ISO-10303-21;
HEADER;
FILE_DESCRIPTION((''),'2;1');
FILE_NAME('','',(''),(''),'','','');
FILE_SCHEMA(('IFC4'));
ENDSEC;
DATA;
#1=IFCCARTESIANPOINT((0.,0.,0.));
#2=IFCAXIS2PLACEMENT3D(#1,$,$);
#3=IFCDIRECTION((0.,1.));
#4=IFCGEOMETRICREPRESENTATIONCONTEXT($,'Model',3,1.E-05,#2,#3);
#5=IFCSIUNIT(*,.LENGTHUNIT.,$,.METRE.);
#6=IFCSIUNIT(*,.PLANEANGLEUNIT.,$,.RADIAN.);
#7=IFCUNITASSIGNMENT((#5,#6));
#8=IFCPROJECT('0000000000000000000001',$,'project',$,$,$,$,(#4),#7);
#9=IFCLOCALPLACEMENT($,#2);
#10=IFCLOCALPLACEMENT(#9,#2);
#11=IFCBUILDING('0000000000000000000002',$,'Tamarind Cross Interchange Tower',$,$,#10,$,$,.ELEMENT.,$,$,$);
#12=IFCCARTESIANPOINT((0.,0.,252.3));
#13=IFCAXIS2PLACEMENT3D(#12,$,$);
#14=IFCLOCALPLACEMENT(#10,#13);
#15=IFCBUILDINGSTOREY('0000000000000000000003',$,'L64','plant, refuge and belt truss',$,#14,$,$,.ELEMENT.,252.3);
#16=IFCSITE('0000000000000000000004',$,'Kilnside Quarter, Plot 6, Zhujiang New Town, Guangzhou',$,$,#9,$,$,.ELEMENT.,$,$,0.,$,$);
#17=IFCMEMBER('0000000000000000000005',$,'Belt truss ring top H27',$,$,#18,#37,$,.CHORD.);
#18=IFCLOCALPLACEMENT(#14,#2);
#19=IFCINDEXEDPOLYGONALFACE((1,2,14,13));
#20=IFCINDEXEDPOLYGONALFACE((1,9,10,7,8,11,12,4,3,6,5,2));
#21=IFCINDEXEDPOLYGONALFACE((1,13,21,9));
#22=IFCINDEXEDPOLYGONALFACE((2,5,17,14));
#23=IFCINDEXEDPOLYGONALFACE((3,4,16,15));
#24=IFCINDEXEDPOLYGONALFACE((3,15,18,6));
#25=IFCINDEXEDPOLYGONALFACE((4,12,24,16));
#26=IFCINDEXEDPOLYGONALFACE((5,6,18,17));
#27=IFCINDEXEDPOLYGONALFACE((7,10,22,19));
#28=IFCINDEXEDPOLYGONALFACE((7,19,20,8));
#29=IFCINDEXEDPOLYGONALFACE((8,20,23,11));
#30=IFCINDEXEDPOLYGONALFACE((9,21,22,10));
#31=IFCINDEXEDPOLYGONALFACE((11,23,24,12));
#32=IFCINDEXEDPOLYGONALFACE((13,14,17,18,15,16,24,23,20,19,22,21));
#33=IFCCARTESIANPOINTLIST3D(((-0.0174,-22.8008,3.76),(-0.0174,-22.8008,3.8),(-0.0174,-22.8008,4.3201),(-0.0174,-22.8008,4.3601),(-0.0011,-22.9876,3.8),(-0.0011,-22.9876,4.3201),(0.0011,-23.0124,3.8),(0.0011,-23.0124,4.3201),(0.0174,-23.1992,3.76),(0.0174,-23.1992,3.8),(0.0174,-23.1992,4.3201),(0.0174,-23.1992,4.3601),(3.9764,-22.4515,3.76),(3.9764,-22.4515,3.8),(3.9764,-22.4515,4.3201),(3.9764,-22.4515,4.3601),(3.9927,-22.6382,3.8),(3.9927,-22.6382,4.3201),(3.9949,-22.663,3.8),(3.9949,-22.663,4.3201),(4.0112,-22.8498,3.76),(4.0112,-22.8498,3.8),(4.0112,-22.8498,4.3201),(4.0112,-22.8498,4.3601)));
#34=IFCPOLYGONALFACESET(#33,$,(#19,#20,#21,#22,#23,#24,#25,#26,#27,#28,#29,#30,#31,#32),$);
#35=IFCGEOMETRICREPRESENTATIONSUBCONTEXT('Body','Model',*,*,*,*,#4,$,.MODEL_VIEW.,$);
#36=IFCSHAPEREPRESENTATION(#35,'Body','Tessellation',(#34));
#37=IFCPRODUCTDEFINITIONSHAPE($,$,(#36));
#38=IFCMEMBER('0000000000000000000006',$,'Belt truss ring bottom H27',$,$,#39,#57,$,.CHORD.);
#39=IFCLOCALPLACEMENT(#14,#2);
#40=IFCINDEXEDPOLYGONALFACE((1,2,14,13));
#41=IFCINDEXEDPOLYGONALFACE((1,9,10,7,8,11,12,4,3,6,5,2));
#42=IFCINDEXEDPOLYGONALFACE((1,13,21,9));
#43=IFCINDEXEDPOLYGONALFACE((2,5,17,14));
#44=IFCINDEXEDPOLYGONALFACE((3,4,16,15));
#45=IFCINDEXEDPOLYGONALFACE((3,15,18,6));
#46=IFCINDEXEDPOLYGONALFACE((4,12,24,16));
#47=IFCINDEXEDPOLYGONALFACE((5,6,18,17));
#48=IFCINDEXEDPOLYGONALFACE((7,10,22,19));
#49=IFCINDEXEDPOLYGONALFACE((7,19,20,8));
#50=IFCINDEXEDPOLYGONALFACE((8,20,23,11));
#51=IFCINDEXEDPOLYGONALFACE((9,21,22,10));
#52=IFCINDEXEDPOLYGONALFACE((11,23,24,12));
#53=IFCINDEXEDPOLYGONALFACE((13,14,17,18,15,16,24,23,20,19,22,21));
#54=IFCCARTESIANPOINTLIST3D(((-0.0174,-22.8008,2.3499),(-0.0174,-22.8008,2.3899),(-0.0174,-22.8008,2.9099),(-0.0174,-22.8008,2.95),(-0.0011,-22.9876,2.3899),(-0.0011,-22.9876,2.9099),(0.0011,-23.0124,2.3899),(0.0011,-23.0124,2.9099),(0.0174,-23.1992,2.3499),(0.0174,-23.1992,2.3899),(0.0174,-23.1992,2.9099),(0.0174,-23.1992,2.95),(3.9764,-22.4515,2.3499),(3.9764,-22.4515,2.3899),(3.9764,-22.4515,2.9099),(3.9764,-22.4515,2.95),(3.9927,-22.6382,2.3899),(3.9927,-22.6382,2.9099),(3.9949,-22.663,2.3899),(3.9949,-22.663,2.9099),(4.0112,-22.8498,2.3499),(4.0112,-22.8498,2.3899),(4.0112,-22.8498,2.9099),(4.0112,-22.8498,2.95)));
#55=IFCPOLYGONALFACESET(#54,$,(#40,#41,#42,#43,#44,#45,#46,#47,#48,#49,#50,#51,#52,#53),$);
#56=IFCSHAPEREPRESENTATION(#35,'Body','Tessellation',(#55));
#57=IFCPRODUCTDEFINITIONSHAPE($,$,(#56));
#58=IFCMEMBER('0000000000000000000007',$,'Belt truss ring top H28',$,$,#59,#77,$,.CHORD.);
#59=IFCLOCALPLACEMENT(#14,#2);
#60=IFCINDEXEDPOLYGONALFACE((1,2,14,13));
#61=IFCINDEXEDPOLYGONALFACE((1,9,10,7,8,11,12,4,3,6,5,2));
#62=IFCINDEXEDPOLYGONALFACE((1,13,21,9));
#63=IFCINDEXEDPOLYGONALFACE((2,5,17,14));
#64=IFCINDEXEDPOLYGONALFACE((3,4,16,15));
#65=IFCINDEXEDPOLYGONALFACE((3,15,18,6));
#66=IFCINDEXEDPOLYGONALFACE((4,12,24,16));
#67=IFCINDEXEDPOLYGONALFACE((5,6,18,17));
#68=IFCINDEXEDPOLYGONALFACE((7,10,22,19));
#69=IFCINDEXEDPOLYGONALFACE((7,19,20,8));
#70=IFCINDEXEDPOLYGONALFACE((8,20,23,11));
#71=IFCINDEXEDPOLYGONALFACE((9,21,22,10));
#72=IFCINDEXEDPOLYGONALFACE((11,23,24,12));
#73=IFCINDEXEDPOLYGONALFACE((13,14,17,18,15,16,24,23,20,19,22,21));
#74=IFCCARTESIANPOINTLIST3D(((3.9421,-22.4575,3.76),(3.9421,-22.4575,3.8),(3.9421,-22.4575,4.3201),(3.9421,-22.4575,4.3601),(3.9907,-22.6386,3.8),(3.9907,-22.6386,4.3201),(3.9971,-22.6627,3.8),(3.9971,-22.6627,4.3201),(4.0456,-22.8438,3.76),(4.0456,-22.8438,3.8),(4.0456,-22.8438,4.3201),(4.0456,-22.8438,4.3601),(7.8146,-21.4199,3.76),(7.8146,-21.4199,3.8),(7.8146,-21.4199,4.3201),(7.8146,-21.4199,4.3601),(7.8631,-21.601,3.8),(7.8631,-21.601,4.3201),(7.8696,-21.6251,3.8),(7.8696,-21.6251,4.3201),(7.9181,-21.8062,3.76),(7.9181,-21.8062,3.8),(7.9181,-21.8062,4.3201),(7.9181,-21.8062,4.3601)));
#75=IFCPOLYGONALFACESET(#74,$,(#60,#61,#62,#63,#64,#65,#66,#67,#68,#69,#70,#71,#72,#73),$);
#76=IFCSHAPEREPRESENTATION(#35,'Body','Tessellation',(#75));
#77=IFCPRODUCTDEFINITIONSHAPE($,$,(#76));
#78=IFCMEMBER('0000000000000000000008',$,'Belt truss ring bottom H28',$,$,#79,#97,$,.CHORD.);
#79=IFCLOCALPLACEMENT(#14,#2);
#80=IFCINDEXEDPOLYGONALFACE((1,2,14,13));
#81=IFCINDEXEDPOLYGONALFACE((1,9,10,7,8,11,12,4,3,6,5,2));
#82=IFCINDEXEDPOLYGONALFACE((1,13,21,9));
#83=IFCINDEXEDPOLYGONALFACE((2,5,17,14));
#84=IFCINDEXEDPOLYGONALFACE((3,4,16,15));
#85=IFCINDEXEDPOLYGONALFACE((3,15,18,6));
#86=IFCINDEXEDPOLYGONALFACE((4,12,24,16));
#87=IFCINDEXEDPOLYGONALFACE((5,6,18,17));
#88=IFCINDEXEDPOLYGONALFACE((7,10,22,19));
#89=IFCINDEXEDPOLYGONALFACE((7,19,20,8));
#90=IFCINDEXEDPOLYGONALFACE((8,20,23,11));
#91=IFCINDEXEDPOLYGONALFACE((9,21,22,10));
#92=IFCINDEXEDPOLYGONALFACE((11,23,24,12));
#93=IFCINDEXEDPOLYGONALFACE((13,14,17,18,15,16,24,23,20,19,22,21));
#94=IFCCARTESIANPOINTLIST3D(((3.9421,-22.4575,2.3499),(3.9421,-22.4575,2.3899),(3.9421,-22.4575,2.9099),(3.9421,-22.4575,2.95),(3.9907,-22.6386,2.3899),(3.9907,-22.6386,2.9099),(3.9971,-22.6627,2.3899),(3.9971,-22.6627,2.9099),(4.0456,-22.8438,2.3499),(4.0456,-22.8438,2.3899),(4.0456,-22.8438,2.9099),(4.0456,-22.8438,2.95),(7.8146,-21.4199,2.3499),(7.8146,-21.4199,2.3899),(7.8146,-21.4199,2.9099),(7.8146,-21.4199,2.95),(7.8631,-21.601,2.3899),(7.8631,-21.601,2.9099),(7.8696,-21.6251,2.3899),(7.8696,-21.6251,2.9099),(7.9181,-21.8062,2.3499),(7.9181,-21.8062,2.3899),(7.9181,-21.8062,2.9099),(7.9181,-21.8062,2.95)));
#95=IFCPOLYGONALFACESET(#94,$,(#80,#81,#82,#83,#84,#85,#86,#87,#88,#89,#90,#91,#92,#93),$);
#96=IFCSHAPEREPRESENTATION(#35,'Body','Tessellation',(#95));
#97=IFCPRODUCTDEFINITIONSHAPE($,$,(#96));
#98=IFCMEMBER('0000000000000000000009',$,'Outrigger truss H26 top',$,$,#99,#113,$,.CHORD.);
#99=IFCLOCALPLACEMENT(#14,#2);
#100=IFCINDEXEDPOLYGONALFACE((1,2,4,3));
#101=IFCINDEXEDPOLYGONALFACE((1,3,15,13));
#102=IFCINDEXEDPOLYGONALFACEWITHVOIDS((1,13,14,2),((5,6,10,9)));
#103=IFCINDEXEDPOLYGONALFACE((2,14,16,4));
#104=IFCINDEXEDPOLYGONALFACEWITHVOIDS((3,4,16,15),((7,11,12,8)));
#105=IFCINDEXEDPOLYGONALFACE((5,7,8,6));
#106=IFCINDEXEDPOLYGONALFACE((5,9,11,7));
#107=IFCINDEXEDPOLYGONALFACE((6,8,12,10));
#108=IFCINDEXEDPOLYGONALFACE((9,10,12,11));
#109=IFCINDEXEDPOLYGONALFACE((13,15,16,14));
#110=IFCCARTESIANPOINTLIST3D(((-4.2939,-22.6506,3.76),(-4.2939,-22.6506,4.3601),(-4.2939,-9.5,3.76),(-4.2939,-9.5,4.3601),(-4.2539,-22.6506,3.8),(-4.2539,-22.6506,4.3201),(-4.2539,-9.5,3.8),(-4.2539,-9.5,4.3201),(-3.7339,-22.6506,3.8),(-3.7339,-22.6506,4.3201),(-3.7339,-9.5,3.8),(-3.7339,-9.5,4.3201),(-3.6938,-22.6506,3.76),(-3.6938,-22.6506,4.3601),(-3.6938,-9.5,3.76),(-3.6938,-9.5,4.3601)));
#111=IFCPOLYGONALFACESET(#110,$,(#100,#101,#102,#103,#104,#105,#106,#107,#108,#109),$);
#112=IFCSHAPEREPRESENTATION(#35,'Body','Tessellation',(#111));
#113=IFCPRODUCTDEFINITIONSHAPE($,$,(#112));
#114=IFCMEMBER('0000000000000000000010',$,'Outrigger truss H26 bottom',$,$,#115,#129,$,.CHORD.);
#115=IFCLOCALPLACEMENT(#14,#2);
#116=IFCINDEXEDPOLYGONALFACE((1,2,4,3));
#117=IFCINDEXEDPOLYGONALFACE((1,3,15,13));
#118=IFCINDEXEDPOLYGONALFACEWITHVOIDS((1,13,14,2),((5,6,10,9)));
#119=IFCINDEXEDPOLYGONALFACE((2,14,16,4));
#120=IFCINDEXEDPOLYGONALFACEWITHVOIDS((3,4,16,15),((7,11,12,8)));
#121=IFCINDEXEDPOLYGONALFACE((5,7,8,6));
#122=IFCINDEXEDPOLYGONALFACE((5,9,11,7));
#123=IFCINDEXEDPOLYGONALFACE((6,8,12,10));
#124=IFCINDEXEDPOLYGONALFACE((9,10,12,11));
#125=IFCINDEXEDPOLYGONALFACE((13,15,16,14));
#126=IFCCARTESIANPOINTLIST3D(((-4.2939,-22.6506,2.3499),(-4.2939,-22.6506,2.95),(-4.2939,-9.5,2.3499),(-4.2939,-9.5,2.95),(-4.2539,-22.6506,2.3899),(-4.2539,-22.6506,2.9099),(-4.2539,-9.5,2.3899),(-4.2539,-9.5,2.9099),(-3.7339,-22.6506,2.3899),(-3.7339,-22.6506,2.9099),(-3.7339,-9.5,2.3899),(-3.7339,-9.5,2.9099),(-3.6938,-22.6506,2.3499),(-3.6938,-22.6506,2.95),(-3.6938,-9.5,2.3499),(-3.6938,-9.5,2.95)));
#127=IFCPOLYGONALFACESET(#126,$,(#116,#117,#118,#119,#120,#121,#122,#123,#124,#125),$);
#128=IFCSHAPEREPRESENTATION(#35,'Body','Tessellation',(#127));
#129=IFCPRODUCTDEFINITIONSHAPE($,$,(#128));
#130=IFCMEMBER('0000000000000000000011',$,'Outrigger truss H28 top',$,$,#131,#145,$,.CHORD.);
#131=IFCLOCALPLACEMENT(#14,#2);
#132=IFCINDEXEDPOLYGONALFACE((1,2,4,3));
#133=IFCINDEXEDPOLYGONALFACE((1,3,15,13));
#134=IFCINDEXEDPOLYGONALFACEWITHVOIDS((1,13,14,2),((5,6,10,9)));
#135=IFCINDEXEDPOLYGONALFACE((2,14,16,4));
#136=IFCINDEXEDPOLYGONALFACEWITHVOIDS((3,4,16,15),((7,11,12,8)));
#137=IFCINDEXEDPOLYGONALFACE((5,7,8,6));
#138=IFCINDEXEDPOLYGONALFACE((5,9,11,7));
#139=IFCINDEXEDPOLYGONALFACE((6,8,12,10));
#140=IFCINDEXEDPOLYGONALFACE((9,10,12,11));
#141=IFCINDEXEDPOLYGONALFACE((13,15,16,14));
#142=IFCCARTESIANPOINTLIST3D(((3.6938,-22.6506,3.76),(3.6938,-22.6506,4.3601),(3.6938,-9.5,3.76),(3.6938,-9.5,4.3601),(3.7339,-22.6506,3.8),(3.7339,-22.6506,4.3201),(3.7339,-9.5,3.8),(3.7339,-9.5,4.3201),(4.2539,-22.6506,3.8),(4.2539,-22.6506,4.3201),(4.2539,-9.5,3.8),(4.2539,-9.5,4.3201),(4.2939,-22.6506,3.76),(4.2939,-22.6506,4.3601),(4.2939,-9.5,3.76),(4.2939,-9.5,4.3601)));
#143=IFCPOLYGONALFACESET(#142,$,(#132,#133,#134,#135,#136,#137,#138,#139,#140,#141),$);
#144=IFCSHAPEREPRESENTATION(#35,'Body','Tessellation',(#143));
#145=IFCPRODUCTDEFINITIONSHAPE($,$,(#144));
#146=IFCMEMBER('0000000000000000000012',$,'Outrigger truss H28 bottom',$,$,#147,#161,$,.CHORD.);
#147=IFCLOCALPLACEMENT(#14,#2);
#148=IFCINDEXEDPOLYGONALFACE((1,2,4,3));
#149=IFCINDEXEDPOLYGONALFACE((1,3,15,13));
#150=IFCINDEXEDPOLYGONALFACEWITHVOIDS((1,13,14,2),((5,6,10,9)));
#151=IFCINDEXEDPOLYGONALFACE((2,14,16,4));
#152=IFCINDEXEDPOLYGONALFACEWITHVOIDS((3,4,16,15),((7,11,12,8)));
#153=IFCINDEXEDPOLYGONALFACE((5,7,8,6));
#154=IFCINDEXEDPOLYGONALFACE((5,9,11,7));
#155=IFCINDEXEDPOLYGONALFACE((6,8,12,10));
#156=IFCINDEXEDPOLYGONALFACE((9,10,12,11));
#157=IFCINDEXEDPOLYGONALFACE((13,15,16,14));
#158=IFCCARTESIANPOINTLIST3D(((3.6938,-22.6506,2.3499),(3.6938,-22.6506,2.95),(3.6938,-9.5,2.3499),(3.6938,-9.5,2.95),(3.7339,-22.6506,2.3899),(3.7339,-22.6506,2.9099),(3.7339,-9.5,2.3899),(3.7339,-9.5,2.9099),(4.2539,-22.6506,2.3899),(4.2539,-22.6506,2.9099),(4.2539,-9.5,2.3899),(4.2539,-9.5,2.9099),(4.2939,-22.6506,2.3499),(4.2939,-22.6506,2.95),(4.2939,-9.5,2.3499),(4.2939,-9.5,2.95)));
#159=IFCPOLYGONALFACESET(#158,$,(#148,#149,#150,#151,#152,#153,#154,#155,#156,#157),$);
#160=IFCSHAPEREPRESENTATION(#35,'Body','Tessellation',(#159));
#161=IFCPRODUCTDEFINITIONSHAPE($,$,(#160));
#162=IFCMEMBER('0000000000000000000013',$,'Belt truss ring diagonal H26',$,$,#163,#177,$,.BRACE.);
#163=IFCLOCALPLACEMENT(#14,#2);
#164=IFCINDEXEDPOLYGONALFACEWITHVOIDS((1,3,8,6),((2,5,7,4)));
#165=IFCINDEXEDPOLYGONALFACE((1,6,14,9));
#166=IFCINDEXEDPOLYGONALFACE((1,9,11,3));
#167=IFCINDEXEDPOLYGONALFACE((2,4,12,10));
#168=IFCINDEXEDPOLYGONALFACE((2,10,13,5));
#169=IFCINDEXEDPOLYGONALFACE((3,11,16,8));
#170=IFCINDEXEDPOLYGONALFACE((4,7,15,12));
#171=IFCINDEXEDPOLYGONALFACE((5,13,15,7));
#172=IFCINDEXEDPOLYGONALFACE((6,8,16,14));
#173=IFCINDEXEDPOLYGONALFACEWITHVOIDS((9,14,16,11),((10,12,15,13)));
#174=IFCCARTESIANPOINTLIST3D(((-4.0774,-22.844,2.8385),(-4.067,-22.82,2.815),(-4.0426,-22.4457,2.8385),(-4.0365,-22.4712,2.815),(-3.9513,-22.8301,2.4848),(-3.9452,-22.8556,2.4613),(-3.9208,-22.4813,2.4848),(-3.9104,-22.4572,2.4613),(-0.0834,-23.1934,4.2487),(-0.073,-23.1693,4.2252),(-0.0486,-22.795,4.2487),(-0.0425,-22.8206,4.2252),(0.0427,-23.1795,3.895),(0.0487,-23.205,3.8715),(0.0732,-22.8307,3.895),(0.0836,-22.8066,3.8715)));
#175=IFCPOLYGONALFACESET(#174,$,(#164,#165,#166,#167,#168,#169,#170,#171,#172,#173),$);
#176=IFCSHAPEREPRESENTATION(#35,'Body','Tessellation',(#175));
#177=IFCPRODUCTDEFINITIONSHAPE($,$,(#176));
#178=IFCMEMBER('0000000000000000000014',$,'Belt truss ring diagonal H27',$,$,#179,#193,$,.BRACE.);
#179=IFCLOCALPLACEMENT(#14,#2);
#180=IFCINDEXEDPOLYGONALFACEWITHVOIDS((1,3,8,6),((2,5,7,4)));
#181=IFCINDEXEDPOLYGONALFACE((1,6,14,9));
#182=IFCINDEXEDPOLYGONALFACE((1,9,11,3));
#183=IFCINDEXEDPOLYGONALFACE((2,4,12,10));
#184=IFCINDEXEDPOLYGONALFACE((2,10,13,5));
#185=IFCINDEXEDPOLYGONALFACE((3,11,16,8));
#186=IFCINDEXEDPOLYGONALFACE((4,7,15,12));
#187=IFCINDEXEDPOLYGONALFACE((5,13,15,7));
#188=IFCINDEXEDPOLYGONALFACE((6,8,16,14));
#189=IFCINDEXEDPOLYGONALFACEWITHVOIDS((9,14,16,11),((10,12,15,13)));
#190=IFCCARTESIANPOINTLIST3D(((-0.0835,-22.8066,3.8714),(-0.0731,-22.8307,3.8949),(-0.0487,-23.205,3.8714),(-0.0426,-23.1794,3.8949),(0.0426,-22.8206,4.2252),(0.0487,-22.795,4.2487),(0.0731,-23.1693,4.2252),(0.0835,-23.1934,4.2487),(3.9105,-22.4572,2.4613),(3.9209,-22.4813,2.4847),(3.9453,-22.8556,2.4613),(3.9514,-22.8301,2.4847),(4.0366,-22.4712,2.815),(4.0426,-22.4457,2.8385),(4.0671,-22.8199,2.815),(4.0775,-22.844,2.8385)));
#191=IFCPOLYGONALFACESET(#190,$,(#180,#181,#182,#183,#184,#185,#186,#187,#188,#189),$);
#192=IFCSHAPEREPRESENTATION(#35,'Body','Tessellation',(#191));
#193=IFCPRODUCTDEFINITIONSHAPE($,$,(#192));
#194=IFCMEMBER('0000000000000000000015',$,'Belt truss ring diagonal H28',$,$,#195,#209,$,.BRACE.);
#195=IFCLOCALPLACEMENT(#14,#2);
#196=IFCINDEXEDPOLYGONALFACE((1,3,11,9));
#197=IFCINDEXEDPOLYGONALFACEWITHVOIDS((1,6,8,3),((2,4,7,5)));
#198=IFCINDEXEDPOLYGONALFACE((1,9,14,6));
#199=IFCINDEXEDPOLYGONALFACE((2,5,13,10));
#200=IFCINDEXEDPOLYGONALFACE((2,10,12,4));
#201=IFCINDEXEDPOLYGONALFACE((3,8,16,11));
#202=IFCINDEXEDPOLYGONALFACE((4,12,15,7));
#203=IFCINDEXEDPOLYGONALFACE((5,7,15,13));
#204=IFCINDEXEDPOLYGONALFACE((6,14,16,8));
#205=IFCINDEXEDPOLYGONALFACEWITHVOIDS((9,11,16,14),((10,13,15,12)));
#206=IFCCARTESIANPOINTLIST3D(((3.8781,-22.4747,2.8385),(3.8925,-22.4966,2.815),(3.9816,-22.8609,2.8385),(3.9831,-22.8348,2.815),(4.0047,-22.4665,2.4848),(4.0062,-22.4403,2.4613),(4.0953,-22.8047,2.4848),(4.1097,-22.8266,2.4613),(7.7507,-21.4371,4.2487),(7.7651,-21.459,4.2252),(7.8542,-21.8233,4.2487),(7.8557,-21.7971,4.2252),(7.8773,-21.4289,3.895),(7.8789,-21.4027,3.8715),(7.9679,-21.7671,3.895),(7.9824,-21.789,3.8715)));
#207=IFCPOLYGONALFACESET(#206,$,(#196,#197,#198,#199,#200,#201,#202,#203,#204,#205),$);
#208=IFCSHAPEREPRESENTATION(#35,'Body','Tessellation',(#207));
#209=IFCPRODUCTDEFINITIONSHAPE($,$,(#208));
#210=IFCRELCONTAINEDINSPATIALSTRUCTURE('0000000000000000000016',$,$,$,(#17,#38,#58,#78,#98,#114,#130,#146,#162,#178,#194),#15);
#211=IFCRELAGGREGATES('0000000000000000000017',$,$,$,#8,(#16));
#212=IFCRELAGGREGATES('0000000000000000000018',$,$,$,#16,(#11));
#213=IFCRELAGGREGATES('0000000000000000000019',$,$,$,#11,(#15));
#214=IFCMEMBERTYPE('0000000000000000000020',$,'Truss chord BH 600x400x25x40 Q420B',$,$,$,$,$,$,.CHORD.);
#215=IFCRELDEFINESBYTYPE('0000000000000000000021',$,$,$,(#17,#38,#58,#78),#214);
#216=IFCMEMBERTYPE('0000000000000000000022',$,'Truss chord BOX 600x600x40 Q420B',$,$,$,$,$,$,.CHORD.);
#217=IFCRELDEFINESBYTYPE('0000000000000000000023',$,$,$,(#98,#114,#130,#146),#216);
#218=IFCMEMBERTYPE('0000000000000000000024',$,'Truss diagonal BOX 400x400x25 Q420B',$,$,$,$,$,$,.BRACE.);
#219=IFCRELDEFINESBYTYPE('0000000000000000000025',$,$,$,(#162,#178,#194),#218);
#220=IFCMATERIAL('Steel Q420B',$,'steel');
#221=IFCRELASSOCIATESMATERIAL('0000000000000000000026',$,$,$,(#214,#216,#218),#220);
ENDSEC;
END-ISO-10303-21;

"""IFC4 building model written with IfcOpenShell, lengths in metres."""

from ifc_helpers import new_model, si_unit, direction, frame, origin, origin_2d, place, context, subcontext, project, spatial, hollow_rectangle, i_section, extrude, material, material_profile, profile_set, type_object, element, save


model = new_model("IFC4")

# Units and contexts
model_context = context("Model", 3, precision=1e-05, world=origin(), true_north=direction((0.0, 1.0)))
body_context = subcontext(model_context, "Body", "Model", "MODEL_VIEW")
ifc_project = project(units=[si_unit("LENGTHUNIT", "METRE"), si_unit("PLANEANGLEUNIT", "RADIAN")], contexts=[model_context])

# Site, building, storey
site_placement = place(None, origin())
site = spatial("IfcSite", under=ifc_project, at=site_placement, Name="Kilnside Quarter, Plot 6, Zhujiang New Town, Guangzhou", CompositionType="ELEMENT", RefElevation=0.0)
building_placement = place(site_placement, origin())
building = spatial("IfcBuilding", under=site, at=building_placement, Name="Tamarind Cross Interchange Tower", CompositionType="ELEMENT")
storey_placement = place(building_placement, frame((0.0, 0.0, 252.3)))
storey = spatial("IfcBuildingStorey", under=building, at=storey_placement, Name="L64", Description="plant, refuge and belt truss", CompositionType="ELEMENT", Elevation=252.3)

# Members
ifc_material_1 = material(Name="Steel Q420B", Category="steel")
ifc_material_profile_1 = material_profile(ifc_material_1, i_section(OverallWidth=0.3999, OverallDepth=0.6001, WebThickness=0.0249, FlangeThickness=0.04, at=origin_2d()), Name="BH 600x400x25x40")
ifc_profile_set_1 = profile_set([ifc_material_profile_1], Name="Steel Q420B")
member_type_1 = type_object("IfcMemberType", Name="Truss chord BH 600x400x25x40 Q420B", PredefinedType="CHORD", material=ifc_profile_set_1)
for number, where, z_axis, x_axis, name in (
    (1, (0.0, -23.0, 4.0601), (0.996196, 0.087142, 0.0), (-0.087142, 0.996196, 0.0), "Belt truss ring top H27"),
    (2, (0.0, -23.0, 2.6499), (0.996196, 0.087142, 0.0), (-0.087142, 0.996196, 0.0), "Belt truss ring bottom H27"),
    (3, (3.9939, -22.6506, 4.0601), (0.965929, 0.258807, 0.0), (-0.258807, 0.965929, 0.0), "Belt truss ring top H28"),
    (4, (3.9939, -22.6506, 2.6499), (0.965929, 0.258807, 0.0), (-0.258807, 0.965929, 0.0), "Belt truss ring bottom H28"),
):
    element("IfcMember", number, at=place(storey_placement, frame(where, z_axis=z_axis, x_axis=x_axis)), inside=storey, type_object=member_type_1, Name=name, PredefinedType="CHORD", context=body_context, shape_type="SweptSolid", body=[
        extrude(i_section(OverallWidth=0.3999, OverallDepth=0.6001, WebThickness=0.0249, FlangeThickness=0.04, at=origin_2d()), origin(), (0.0, 0.0, 1.0), 4.009),
    ])
ifc_material_profile_2 = material_profile(ifc_material_1, hollow_rectangle(XDim=0.6001, YDim=0.6001, WallThickness=0.04, at=origin_2d()), Name="BOX 600x600x40")
ifc_profile_set_2 = profile_set([ifc_material_profile_2], Name="Steel Q420B")
member_type_2 = type_object("IfcMemberType", Name="Truss chord BOX 600x600x40 Q420B", PredefinedType="CHORD", material=ifc_profile_set_2)
for number, where, z_axis, x_axis, name in (
    (5, (-3.9939, -9.5, 4.0601), (0.0, -1.0, 0.0), (1.0, 0.0, 0.0), "Outrigger truss H26 top"),
    (6, (-3.9939, -9.5, 2.6499), (0.0, -1.0, 0.0), (1.0, 0.0, 0.0), "Outrigger truss H26 bottom"),
    (7, (3.9939, -9.5, 4.0601), (0.0, -1.0, 0.0), (1.0, 0.0, 0.0), "Outrigger truss H28 top"),
    (8, (3.9939, -9.5, 2.6499), (0.0, -1.0, 0.0), (1.0, 0.0, 0.0), "Outrigger truss H28 bottom"),
):
    element("IfcMember", number, at=place(storey_placement, frame(where, z_axis=z_axis, x_axis=x_axis)), inside=storey, type_object=member_type_2, Name=name, PredefinedType="CHORD", context=body_context, shape_type="SweptSolid", body=[
        extrude(hollow_rectangle(XDim=0.6001, YDim=0.6001, WallThickness=0.04, at=origin_2d()), origin(), (0.0, 0.0, 1.0), 13.1506),
    ])
ifc_material_profile_3 = material_profile(ifc_material_1, hollow_rectangle(XDim=0.3999, YDim=0.3999, WallThickness=0.0249, at=origin_2d()), Name="BOX 400x400x25")
ifc_profile_set_3 = profile_set([ifc_material_profile_3], Name="Steel Q420B")
member_type_3 = type_object("IfcMemberType", Name="Truss diagonal BOX 400x400x25 Q420B", PredefinedType="BRACE", material=ifc_profile_set_3)
for number, where, z_axis, x_axis, name in (
    (9, (-3.9939, -22.6506, 2.6499), (0.939758, -0.082205, 0.331808), (0.087142, 0.996196, 0.0), "Belt truss ring diagonal H26"),
    (10, (0.0, -23.0, 4.0601), (0.939758, 0.082205, -0.331808), (-0.087142, 0.996196, 0.0), "Belt truss ring diagonal H27"),
    (11, (3.9939, -22.6506, 2.6499), (0.911206, 0.244145, 0.331807), (-0.258807, 0.965929, 0.0), "Belt truss ring diagonal H28"),
):
    element("IfcMember", number, at=place(storey_placement, frame(where, z_axis=z_axis, x_axis=x_axis)), inside=storey, type_object=member_type_3, Name=name, PredefinedType="BRACE", context=body_context, shape_type="SweptSolid", body=[
        extrude(hollow_rectangle(XDim=0.3999, YDim=0.3999, WallThickness=0.0249, at=origin_2d()), origin(), (0.0, 0.0, 1.0), 4.25),
    ])

save(model, "model.ifc")
